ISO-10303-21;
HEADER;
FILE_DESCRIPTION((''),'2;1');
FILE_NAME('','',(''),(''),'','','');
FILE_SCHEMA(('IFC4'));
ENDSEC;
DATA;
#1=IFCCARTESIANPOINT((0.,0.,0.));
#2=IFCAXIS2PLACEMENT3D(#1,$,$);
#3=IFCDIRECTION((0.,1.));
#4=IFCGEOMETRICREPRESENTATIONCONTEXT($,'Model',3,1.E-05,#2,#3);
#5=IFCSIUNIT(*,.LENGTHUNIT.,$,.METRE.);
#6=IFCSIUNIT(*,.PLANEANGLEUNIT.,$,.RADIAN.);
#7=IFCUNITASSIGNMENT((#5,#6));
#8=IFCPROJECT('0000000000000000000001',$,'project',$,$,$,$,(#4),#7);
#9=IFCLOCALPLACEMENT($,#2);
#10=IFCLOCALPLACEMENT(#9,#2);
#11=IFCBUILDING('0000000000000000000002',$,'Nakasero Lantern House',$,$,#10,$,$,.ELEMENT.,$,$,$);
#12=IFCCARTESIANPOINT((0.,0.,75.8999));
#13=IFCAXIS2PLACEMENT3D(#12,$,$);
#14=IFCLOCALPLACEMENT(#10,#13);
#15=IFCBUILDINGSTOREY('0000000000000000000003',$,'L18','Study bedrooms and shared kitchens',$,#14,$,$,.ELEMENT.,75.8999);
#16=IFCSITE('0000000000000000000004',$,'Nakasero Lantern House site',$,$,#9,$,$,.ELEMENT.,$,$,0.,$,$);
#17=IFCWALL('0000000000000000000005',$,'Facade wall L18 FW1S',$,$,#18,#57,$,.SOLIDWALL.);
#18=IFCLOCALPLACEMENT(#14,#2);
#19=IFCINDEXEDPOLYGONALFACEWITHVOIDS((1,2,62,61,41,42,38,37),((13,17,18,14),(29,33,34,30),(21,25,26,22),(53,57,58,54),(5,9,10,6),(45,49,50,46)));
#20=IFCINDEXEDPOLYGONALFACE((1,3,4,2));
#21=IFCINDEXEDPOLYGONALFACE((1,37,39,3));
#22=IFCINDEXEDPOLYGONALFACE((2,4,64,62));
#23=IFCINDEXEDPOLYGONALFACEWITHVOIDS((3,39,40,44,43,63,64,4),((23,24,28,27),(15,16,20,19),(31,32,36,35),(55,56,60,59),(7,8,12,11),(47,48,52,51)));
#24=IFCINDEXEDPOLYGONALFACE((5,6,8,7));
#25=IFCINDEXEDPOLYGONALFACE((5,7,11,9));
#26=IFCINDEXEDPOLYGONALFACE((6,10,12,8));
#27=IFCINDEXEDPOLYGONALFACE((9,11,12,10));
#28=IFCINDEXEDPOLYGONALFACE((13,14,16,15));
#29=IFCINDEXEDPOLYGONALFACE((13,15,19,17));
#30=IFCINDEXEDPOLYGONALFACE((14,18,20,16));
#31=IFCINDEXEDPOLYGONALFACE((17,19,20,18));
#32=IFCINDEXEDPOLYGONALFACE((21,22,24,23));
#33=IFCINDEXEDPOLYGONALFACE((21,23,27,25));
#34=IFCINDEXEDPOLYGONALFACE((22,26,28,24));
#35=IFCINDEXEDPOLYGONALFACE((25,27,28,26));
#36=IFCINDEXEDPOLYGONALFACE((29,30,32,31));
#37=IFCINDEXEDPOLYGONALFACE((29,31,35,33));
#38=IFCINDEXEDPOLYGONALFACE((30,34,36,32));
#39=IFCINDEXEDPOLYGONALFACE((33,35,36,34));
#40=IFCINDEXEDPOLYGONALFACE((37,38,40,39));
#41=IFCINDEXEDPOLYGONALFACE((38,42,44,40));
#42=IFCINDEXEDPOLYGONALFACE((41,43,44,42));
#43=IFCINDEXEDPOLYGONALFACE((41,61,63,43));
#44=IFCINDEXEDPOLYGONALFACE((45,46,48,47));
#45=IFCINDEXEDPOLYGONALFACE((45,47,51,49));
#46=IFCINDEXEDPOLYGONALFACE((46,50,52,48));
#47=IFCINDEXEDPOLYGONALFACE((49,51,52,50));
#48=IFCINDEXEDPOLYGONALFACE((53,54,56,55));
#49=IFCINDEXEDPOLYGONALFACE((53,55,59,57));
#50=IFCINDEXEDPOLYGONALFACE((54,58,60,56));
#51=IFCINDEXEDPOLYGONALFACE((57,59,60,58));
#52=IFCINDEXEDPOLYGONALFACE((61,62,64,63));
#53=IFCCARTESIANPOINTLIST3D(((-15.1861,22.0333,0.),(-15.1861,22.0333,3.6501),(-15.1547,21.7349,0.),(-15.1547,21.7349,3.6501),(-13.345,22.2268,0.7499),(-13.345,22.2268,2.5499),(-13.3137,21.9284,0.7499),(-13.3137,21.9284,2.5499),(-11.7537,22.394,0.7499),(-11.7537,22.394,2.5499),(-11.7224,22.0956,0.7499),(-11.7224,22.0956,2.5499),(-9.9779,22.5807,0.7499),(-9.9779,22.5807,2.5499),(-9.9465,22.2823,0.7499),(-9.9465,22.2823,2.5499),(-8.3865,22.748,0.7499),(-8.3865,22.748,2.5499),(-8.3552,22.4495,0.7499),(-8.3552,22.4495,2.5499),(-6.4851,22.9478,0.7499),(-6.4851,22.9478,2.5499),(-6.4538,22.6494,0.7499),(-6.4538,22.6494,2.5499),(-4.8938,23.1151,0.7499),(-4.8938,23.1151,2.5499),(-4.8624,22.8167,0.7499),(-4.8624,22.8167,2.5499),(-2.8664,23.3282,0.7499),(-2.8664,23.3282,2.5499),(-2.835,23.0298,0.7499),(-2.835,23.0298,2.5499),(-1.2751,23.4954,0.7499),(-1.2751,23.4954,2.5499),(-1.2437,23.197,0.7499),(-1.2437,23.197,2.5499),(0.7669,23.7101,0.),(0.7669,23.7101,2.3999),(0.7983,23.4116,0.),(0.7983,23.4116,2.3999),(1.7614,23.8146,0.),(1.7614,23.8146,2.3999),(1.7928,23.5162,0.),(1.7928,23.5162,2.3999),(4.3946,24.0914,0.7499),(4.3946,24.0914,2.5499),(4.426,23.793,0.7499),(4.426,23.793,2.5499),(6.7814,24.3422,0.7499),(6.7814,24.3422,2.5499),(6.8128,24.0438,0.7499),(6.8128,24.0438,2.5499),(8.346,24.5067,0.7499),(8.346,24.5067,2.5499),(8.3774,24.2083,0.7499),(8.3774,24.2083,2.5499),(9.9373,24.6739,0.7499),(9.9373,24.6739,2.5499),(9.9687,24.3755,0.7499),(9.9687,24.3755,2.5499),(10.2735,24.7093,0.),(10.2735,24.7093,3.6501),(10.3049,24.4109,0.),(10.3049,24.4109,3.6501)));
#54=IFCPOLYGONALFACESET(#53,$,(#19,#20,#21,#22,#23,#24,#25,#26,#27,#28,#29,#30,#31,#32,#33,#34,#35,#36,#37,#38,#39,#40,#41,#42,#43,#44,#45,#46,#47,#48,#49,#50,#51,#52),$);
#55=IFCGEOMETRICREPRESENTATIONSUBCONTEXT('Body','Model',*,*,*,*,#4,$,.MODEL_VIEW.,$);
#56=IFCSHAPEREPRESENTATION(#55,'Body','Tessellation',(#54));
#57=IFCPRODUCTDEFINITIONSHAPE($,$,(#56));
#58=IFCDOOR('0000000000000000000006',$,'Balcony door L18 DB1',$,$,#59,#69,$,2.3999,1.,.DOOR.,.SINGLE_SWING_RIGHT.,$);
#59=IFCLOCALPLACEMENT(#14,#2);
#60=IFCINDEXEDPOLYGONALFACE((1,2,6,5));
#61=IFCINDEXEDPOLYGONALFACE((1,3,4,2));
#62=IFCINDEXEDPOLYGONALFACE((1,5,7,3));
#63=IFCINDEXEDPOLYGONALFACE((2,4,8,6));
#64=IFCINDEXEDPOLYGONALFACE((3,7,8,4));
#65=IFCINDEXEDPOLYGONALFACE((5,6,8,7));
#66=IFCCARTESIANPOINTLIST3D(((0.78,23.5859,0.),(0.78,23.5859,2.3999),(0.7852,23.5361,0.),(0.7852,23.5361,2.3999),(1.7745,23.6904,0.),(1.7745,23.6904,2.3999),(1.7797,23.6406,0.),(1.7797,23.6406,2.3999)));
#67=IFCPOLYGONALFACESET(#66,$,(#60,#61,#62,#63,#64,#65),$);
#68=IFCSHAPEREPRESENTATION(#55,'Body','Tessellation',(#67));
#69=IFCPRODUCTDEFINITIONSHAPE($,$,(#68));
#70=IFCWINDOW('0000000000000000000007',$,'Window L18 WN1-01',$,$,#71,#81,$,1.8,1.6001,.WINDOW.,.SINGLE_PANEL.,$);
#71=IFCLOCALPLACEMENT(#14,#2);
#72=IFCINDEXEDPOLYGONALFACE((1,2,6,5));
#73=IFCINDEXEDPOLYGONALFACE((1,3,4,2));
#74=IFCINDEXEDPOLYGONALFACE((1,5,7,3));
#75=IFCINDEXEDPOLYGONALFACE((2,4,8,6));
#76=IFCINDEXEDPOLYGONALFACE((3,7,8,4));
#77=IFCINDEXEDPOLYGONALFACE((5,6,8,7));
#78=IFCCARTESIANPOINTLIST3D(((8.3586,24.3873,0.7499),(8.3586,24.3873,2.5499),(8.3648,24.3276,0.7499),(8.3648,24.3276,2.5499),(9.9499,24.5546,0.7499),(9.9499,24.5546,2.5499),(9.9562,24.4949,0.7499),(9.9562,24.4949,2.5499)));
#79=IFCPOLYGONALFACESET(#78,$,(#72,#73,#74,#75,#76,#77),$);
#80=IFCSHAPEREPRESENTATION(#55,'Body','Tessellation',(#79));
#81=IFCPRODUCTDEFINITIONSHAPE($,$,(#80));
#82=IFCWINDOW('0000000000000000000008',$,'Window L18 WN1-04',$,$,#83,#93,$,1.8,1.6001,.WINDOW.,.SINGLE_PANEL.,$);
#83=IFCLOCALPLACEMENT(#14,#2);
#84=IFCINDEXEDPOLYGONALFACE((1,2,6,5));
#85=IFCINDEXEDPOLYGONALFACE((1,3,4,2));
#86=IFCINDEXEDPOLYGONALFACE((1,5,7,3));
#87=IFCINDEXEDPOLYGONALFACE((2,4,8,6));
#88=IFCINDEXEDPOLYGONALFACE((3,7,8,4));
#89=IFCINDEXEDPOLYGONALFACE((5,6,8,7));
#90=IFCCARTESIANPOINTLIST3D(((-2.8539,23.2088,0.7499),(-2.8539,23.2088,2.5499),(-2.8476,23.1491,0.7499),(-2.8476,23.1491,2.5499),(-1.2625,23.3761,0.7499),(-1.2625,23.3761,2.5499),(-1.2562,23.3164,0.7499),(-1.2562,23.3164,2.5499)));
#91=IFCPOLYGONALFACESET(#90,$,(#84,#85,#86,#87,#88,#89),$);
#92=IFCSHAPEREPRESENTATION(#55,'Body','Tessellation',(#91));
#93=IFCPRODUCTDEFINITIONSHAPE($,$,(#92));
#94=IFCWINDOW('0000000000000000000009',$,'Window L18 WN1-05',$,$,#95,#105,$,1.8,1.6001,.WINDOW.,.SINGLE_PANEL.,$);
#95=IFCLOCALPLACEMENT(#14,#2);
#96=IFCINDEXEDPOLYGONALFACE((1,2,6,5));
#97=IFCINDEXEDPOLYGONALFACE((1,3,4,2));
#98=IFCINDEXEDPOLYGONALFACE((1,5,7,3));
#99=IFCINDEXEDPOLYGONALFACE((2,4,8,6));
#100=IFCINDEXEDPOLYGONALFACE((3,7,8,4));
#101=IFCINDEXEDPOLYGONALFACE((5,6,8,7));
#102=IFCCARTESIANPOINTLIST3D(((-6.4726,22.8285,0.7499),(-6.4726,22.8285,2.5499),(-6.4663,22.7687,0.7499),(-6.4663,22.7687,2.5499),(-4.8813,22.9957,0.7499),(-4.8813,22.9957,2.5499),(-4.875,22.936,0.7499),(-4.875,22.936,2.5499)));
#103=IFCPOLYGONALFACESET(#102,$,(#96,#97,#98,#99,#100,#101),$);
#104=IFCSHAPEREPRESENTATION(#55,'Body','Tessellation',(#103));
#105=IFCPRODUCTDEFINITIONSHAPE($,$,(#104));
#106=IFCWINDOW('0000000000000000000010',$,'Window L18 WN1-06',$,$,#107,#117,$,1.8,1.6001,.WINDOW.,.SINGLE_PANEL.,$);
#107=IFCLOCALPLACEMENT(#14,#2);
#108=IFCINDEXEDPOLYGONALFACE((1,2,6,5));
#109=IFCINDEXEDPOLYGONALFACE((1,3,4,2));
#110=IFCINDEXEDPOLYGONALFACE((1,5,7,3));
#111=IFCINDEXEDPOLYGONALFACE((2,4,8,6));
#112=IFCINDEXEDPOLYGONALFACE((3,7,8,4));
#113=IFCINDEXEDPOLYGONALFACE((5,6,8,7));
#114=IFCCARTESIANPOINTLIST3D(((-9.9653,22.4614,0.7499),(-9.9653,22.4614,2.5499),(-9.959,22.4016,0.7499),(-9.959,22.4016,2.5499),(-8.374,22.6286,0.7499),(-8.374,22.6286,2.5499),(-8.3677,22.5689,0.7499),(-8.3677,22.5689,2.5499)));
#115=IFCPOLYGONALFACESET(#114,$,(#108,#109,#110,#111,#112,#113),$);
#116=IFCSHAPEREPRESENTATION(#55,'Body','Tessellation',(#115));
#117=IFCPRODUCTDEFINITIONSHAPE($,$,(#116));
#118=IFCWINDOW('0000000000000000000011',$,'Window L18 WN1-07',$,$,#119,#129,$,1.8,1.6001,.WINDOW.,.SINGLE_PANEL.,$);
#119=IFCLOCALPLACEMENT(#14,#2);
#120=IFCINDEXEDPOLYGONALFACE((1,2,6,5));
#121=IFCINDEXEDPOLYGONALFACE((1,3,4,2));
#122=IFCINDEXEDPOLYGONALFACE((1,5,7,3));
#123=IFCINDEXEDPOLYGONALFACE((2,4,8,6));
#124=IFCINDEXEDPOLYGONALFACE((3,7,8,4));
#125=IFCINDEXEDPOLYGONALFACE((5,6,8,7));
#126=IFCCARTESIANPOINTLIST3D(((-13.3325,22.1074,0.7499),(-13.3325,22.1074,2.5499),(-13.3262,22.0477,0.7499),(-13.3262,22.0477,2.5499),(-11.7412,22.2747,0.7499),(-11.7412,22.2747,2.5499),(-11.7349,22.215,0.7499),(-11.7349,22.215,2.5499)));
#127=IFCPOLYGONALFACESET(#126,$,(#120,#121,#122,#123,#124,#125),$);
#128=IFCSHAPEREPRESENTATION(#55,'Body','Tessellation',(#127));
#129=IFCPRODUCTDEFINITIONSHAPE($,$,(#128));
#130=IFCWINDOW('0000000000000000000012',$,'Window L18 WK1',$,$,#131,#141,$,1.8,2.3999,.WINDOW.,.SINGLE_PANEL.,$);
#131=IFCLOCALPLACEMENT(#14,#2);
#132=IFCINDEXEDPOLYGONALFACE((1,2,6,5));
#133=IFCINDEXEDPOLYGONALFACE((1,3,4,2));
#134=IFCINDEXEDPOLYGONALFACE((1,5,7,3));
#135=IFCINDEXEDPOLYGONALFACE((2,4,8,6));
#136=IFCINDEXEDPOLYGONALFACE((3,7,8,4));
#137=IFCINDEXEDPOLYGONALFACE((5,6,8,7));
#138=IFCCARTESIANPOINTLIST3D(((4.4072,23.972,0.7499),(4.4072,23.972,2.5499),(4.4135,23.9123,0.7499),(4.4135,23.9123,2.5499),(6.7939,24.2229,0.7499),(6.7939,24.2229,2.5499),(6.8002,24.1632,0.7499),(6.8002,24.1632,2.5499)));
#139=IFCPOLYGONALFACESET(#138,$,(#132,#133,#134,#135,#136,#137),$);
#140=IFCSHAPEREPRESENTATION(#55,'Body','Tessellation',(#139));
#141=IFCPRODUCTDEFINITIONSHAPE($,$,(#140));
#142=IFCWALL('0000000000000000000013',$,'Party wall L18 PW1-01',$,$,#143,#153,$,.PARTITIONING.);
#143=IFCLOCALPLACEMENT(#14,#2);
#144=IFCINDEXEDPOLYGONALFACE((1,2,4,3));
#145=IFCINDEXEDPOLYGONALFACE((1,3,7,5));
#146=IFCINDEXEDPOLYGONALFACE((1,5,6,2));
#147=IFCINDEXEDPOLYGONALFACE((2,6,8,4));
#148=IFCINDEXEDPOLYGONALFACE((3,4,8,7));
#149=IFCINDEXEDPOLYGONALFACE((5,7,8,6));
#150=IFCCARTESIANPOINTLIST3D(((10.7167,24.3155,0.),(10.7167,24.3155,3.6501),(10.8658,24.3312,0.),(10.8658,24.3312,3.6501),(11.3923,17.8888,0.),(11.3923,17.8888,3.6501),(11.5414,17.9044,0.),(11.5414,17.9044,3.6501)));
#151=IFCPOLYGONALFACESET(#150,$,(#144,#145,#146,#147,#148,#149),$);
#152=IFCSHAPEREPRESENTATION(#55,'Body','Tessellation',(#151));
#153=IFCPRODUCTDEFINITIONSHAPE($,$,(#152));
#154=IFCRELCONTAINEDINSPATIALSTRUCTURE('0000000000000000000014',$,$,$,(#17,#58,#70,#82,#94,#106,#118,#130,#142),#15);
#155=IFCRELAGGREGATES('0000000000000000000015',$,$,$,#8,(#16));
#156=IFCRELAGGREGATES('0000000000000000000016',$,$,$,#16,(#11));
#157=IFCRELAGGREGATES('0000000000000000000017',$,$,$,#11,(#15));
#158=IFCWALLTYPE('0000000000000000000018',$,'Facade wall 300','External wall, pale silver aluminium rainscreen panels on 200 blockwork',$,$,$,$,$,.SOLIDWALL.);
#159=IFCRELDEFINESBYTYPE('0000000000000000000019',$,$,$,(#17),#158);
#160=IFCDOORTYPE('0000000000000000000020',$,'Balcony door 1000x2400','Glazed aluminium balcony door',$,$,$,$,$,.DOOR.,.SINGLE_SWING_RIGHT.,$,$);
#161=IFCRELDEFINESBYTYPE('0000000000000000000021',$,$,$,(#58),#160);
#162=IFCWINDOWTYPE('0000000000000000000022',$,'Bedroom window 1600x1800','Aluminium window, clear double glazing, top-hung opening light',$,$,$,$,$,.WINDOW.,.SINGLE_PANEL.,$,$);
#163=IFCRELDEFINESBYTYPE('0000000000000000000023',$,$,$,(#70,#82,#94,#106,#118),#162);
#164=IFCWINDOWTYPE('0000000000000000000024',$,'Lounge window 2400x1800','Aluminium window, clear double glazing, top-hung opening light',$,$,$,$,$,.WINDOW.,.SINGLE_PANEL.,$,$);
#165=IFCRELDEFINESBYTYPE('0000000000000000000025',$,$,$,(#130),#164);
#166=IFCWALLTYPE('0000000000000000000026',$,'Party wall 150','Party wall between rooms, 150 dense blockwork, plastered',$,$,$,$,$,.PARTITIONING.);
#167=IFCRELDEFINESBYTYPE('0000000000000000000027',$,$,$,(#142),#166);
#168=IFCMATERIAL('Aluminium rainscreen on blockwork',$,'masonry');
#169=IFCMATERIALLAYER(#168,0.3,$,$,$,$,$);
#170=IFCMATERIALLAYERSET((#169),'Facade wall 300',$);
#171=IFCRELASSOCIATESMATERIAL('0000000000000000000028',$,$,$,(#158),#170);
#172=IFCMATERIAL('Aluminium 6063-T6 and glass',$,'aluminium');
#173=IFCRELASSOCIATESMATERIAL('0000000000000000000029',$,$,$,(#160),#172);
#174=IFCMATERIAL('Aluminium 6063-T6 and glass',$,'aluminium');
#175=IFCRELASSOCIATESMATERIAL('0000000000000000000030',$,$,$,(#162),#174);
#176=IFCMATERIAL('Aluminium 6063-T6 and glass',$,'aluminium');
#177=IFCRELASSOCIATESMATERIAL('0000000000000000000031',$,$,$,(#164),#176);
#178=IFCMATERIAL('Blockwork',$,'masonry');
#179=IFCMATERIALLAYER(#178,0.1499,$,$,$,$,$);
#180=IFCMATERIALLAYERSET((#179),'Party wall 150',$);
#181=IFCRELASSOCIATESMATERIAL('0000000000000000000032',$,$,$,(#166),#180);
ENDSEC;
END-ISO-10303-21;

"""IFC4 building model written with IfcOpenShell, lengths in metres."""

from ifc_helpers import new_model, si_unit, direction, frame, frame_2d, origin, place, context, subcontext, project, spatial, rectangle, extrude, material, layer, layer_set, type_object, element, fill, save


model = new_model("IFC4")

# Units and contexts
model_context = context("Model", 3, precision=1e-05, world=origin(), true_north=direction((0.0, 1.0)))
body_context = subcontext(model_context, "Body", "Model", "MODEL_VIEW")
ifc_project = project(units=[si_unit("LENGTHUNIT", "METRE"), si_unit("PLANEANGLEUNIT", "RADIAN")], contexts=[model_context])

# Site, building, storey
site_placement = place(None, origin())
site = spatial("IfcSite", under=ifc_project, at=site_placement, Name="Nakasero Lantern House site", CompositionType="ELEMENT", RefElevation=0.0)
building_placement = place(site_placement, origin())
building = spatial("IfcBuilding", under=site, at=building_placement, Name="Nakasero Lantern House", CompositionType="ELEMENT")
storey_placement = place(building_placement, frame((0.0, 0.0, 75.8999)))
storey = spatial("IfcBuildingStorey", under=building, at=storey_placement, Name="L18", Description="Study bedrooms and shared kitchens", CompositionType="ELEMENT", Elevation=75.8999)

# Wall, openings, door, windows
ifc_material_1 = material(Name="Aluminium rainscreen on blockwork", Category="masonry")
ifc_layer_1 = layer(ifc_material_1, 0.3)
ifc_layer_set_1 = layer_set([ifc_layer_1], Name="Facade wall 300")
wall_type_1 = type_object("IfcWallType", Name="Facade wall 300", Description="External wall, pale silver aluminium rainscreen panels on 200 blockwork", PredefinedType="SOLIDWALL", material=ifc_layer_set_1)
wall_1_placement = place(storey_placement, frame((10.2891, 24.5601, 0.0), z_axis=(0.0, 0.0, 1.0), x_axis=(-0.994521, -0.104532, 0.0)))
wall_1 = element("IfcWall", 1, at=wall_1_placement, inside=storey, type_object=wall_type_1, Name="Facade wall L18 FW1S", PredefinedType="SOLIDWALL", context=body_context, shape_type="SweptSolid", body=[
    extrude(rectangle(XDim=25.5999, YDim=0.3, at=frame_2d((12.7998, 0.0))), origin(), (0.0, 0.0, 1.0), 3.6501),
])
opening_1_placement = place(wall_1_placement, frame((0.3379, 0.0, 0.75)))
opening_1 = element("IfcOpeningElement", 2, at=opening_1_placement, cuts=wall_1, PredefinedType="OPENING", context=body_context, shape_type="SweptSolid", body=[
    extrude(rectangle(XDim=1.6001, YDim=1.8, at=frame_2d((0.8, 0.8999))), frame((0.0, 0.1699, 0.0), z_axis=(0.0, -1.0, 0.0), x_axis=(1.0, 0.0, 0.0)), (0.0, 0.0, 1.0), 0.3401),
])
opening_2_placement = place(wall_1_placement, frame((11.6121, 0.0, 0.75)))
opening_2 = element("IfcOpeningElement", 3, at=opening_2_placement, cuts=wall_1, PredefinedType="OPENING", context=body_context, shape_type="SweptSolid", body=[
    extrude(rectangle(XDim=1.6001, YDim=1.8, at=frame_2d((0.8, 0.8999))), frame((0.0, 0.1699, 0.0), z_axis=(0.0, -1.0, 0.0), x_axis=(1.0, 0.0, 0.0)), (0.0, 0.0, 1.0), 0.3401),
])
opening_3_placement = place(wall_1_placement, frame((15.2507, 0.0, 0.75)))
opening_3 = element("IfcOpeningElement", 4, at=opening_3_placement, cuts=wall_1, PredefinedType="OPENING", context=body_context, shape_type="SweptSolid", body=[
    extrude(rectangle(XDim=1.6001, YDim=1.8, at=frame_2d((0.8, 0.8999))), frame((0.0, 0.1699, 0.0), z_axis=(0.0, -1.0, 0.0), x_axis=(1.0, 0.0, 0.0)), (0.0, 0.0, 1.0), 0.3401),
])
opening_4_placement = place(wall_1_placement, frame((18.7627, 0.0, 0.75)))
opening_4 = element("IfcOpeningElement", 5, at=opening_4_placement, cuts=wall_1, PredefinedType="OPENING", context=body_context, shape_type="SweptSolid", body=[
    extrude(rectangle(XDim=1.6001, YDim=1.8, at=frame_2d((0.8, 0.8999))), frame((0.0, 0.1699, 0.0), z_axis=(0.0, -1.0, 0.0), x_axis=(1.0, 0.0, 0.0)), (0.0, 0.0, 1.0), 0.3401),
])
opening_5_placement = place(wall_1_placement, frame((22.1484, 0.0, 0.75)))
opening_5 = element("IfcOpeningElement", 6, at=opening_5_placement, cuts=wall_1, PredefinedType="OPENING", context=body_context, shape_type="SweptSolid", body=[
    extrude(rectangle(XDim=1.6001, YDim=1.8, at=frame_2d((0.8, 0.8999))), frame((0.0, 0.1699, 0.0), z_axis=(0.0, -1.0, 0.0), x_axis=(1.0, 0.0, 0.0)), (0.0, 0.0, 1.0), 0.3401),
])
opening_6_placement = place(wall_1_placement, frame((3.5112, 0.0, 0.75)))
opening_6 = element("IfcOpeningElement", 7, at=opening_6_placement, cuts=wall_1, PredefinedType="OPENING", context=body_context, shape_type="SweptSolid", body=[
    extrude(rectangle(XDim=2.3999, YDim=1.8, at=frame_2d((1.2, 0.8999))), frame((0.0, 0.1699, 0.0), z_axis=(0.0, -1.0, 0.0), x_axis=(1.0, 0.0, 0.0)), (0.0, 0.0, 1.0), 0.3401),
])
opening_7_placement = place(wall_1_placement, frame((8.5588, 0.0, 0.0)))
opening_7 = element("IfcOpeningElement", 8, at=opening_7_placement, cuts=wall_1, PredefinedType="OPENING", context=body_context, shape_type="SweptSolid", body=[
    extrude(rectangle(XDim=1.0, YDim=2.3999, at=frame_2d((0.5, 1.2))), frame((0.0, 0.1699, 0.0), z_axis=(0.0, -1.0, 0.0), x_axis=(1.0, 0.0, 0.0)), (0.0, 0.0, 1.0), 0.3401),
])
ifc_material_2 = material(Name="Aluminium 6063-T6 and glass", Category="aluminium")
door_type_1 = type_object("IfcDoorType", Name="Balcony door 1000x2400", Description="Glazed aluminium balcony door", OperationType="SINGLE_SWING_RIGHT", PredefinedType="DOOR", material=ifc_material_2)
door_1_placement = place(opening_7_placement, origin())
door_1 = element("IfcDoor", 9, at=door_1_placement, inside=storey, type_object=door_type_1, Name="Balcony door L18 DB1", OperationType="SINGLE_SWING_RIGHT", OverallHeight=2.3999, OverallWidth=1.0, PredefinedType="DOOR", context=body_context, shape_type="SweptSolid", body=[
    extrude(rectangle(XDim=1.0, YDim=2.3999, at=frame_2d((0.5, 1.2))), frame((0.0, 0.0249, 0.0), z_axis=(0.0, -1.0, 0.0), x_axis=(1.0, 0.0, 0.0)), (0.0, 0.0, 1.0), 0.05),
])
fill(opening_7, door_1)
ifc_material_3 = material(Name="Aluminium 6063-T6 and glass", Category="aluminium")
window_type_1 = type_object("IfcWindowType", Name="Bedroom window 1600x1800", Description="Aluminium window, clear double glazing, top-hung opening light", PartitioningType="SINGLE_PANEL", PredefinedType="WINDOW", material=ifc_material_3)
window_1_placement = place(opening_1_placement, origin())
window_1 = element("IfcWindow", 10, at=window_1_placement, inside=storey, type_object=window_type_1, Name="Window L18 WN1-01", OverallHeight=1.8, OverallWidth=1.6001, PartitioningType="SINGLE_PANEL", PredefinedType="WINDOW", context=body_context, shape_type="SweptSolid", body=[
    extrude(rectangle(XDim=1.6001, YDim=1.8, at=frame_2d((0.8, 0.8999))), frame((0.0, 0.03, 0.0), z_axis=(0.0, -1.0, 0.0), x_axis=(1.0, 0.0, 0.0)), (0.0, 0.0, 1.0), 0.0601),
])
fill(opening_1, window_1)
window_2_placement = place(opening_2_placement, origin())
window_2 = element("IfcWindow", 11, at=window_2_placement, inside=storey, type_object=window_type_1, Name="Window L18 WN1-04", OverallHeight=1.8, OverallWidth=1.6001, PartitioningType="SINGLE_PANEL", PredefinedType="WINDOW", context=body_context, shape_type="SweptSolid", body=[
    extrude(rectangle(XDim=1.6001, YDim=1.8, at=frame_2d((0.8, 0.8999))), frame((0.0, 0.03, 0.0), z_axis=(0.0, -1.0, 0.0), x_axis=(1.0, 0.0, 0.0)), (0.0, 0.0, 1.0), 0.0601),
])
fill(opening_2, window_2)
window_3_placement = place(opening_3_placement, origin())
window_3 = element("IfcWindow", 12, at=window_3_placement, inside=storey, type_object=window_type_1, Name="Window L18 WN1-05", OverallHeight=1.8, OverallWidth=1.6001, PartitioningType="SINGLE_PANEL", PredefinedType="WINDOW", context=body_context, shape_type="SweptSolid", body=[
    extrude(rectangle(XDim=1.6001, YDim=1.8, at=frame_2d((0.8, 0.8999))), frame((0.0, 0.03, 0.0), z_axis=(0.0, -1.0, 0.0), x_axis=(1.0, 0.0, 0.0)), (0.0, 0.0, 1.0), 0.0601),
])
fill(opening_3, window_3)
window_4_placement = place(opening_4_placement, origin())
window_4 = element("IfcWindow", 13, at=window_4_placement, inside=storey, type_object=window_type_1, Name="Window L18 WN1-06", OverallHeight=1.8, OverallWidth=1.6001, PartitioningType="SINGLE_PANEL", PredefinedType="WINDOW", context=body_context, shape_type="SweptSolid", body=[
    extrude(rectangle(XDim=1.6001, YDim=1.8, at=frame_2d((0.8, 0.8999))), frame((0.0, 0.03, 0.0), z_axis=(0.0, -1.0, 0.0), x_axis=(1.0, 0.0, 0.0)), (0.0, 0.0, 1.0), 0.0601),
])
fill(opening_4, window_4)
window_5_placement = place(opening_5_placement, origin())
window_5 = element("IfcWindow", 14, at=window_5_placement, inside=storey, type_object=window_type_1, Name="Window L18 WN1-07", OverallHeight=1.8, OverallWidth=1.6001, PartitioningType="SINGLE_PANEL", PredefinedType="WINDOW", context=body_context, shape_type="SweptSolid", body=[
    extrude(rectangle(XDim=1.6001, YDim=1.8, at=frame_2d((0.8, 0.8999))), frame((0.0, 0.03, 0.0), z_axis=(0.0, -1.0, 0.0), x_axis=(1.0, 0.0, 0.0)), (0.0, 0.0, 1.0), 0.0601),
])
fill(opening_5, window_5)
ifc_material_4 = material(Name="Aluminium 6063-T6 and glass", Category="aluminium")
window_type_2 = type_object("IfcWindowType", Name="Lounge window 2400x1800", Description="Aluminium window, clear double glazing, top-hung opening light", PartitioningType="SINGLE_PANEL", PredefinedType="WINDOW", material=ifc_material_4)
window_6_placement = place(opening_6_placement, origin())
window_6 = element("IfcWindow", 15, at=window_6_placement, inside=storey, type_object=window_type_2, Name="Window L18 WK1", OverallHeight=1.8, OverallWidth=2.3999, PartitioningType="SINGLE_PANEL", PredefinedType="WINDOW", context=body_context, shape_type="SweptSolid", body=[
    extrude(rectangle(XDim=2.3999, YDim=1.8, at=frame_2d((1.2, 0.8999))), frame((0.0, 0.03, 0.0), z_axis=(0.0, -1.0, 0.0), x_axis=(1.0, 0.0, 0.0)), (0.0, 0.0, 1.0), 0.0601),
])
fill(opening_6, window_6)

# Wall
ifc_material_5 = material(Name="Blockwork", Category="masonry")
ifc_layer_2 = layer(ifc_material_5, 0.1499)
ifc_layer_set_2 = layer_set([ifc_layer_2], Name="Party wall 150")
wall_type_2 = type_object("IfcWallType", Name="Party wall 150", Description="Party wall between rooms, 150 dense blockwork, plastered", PredefinedType="PARTITIONING", material=ifc_layer_set_2)
wall_2_placement = place(storey_placement, frame((11.4668, 17.8967, 0.0), z_axis=(0.0, 0.0, 1.0), x_axis=(-0.104537, 0.994521, 0.0)))
element("IfcWall", 16, at=wall_2_placement, inside=storey, type_object=wall_type_2, Name="Party wall L18 PW1-01", PredefinedType="PARTITIONING", context=body_context, shape_type="SweptSolid", body=[
    extrude(rectangle(XDim=6.4622, YDim=0.1499, at=frame_2d((3.231, 0.0))), origin(), (0.0, 0.0, 1.0), 3.6501),
])

save(model, "model.ifc")
